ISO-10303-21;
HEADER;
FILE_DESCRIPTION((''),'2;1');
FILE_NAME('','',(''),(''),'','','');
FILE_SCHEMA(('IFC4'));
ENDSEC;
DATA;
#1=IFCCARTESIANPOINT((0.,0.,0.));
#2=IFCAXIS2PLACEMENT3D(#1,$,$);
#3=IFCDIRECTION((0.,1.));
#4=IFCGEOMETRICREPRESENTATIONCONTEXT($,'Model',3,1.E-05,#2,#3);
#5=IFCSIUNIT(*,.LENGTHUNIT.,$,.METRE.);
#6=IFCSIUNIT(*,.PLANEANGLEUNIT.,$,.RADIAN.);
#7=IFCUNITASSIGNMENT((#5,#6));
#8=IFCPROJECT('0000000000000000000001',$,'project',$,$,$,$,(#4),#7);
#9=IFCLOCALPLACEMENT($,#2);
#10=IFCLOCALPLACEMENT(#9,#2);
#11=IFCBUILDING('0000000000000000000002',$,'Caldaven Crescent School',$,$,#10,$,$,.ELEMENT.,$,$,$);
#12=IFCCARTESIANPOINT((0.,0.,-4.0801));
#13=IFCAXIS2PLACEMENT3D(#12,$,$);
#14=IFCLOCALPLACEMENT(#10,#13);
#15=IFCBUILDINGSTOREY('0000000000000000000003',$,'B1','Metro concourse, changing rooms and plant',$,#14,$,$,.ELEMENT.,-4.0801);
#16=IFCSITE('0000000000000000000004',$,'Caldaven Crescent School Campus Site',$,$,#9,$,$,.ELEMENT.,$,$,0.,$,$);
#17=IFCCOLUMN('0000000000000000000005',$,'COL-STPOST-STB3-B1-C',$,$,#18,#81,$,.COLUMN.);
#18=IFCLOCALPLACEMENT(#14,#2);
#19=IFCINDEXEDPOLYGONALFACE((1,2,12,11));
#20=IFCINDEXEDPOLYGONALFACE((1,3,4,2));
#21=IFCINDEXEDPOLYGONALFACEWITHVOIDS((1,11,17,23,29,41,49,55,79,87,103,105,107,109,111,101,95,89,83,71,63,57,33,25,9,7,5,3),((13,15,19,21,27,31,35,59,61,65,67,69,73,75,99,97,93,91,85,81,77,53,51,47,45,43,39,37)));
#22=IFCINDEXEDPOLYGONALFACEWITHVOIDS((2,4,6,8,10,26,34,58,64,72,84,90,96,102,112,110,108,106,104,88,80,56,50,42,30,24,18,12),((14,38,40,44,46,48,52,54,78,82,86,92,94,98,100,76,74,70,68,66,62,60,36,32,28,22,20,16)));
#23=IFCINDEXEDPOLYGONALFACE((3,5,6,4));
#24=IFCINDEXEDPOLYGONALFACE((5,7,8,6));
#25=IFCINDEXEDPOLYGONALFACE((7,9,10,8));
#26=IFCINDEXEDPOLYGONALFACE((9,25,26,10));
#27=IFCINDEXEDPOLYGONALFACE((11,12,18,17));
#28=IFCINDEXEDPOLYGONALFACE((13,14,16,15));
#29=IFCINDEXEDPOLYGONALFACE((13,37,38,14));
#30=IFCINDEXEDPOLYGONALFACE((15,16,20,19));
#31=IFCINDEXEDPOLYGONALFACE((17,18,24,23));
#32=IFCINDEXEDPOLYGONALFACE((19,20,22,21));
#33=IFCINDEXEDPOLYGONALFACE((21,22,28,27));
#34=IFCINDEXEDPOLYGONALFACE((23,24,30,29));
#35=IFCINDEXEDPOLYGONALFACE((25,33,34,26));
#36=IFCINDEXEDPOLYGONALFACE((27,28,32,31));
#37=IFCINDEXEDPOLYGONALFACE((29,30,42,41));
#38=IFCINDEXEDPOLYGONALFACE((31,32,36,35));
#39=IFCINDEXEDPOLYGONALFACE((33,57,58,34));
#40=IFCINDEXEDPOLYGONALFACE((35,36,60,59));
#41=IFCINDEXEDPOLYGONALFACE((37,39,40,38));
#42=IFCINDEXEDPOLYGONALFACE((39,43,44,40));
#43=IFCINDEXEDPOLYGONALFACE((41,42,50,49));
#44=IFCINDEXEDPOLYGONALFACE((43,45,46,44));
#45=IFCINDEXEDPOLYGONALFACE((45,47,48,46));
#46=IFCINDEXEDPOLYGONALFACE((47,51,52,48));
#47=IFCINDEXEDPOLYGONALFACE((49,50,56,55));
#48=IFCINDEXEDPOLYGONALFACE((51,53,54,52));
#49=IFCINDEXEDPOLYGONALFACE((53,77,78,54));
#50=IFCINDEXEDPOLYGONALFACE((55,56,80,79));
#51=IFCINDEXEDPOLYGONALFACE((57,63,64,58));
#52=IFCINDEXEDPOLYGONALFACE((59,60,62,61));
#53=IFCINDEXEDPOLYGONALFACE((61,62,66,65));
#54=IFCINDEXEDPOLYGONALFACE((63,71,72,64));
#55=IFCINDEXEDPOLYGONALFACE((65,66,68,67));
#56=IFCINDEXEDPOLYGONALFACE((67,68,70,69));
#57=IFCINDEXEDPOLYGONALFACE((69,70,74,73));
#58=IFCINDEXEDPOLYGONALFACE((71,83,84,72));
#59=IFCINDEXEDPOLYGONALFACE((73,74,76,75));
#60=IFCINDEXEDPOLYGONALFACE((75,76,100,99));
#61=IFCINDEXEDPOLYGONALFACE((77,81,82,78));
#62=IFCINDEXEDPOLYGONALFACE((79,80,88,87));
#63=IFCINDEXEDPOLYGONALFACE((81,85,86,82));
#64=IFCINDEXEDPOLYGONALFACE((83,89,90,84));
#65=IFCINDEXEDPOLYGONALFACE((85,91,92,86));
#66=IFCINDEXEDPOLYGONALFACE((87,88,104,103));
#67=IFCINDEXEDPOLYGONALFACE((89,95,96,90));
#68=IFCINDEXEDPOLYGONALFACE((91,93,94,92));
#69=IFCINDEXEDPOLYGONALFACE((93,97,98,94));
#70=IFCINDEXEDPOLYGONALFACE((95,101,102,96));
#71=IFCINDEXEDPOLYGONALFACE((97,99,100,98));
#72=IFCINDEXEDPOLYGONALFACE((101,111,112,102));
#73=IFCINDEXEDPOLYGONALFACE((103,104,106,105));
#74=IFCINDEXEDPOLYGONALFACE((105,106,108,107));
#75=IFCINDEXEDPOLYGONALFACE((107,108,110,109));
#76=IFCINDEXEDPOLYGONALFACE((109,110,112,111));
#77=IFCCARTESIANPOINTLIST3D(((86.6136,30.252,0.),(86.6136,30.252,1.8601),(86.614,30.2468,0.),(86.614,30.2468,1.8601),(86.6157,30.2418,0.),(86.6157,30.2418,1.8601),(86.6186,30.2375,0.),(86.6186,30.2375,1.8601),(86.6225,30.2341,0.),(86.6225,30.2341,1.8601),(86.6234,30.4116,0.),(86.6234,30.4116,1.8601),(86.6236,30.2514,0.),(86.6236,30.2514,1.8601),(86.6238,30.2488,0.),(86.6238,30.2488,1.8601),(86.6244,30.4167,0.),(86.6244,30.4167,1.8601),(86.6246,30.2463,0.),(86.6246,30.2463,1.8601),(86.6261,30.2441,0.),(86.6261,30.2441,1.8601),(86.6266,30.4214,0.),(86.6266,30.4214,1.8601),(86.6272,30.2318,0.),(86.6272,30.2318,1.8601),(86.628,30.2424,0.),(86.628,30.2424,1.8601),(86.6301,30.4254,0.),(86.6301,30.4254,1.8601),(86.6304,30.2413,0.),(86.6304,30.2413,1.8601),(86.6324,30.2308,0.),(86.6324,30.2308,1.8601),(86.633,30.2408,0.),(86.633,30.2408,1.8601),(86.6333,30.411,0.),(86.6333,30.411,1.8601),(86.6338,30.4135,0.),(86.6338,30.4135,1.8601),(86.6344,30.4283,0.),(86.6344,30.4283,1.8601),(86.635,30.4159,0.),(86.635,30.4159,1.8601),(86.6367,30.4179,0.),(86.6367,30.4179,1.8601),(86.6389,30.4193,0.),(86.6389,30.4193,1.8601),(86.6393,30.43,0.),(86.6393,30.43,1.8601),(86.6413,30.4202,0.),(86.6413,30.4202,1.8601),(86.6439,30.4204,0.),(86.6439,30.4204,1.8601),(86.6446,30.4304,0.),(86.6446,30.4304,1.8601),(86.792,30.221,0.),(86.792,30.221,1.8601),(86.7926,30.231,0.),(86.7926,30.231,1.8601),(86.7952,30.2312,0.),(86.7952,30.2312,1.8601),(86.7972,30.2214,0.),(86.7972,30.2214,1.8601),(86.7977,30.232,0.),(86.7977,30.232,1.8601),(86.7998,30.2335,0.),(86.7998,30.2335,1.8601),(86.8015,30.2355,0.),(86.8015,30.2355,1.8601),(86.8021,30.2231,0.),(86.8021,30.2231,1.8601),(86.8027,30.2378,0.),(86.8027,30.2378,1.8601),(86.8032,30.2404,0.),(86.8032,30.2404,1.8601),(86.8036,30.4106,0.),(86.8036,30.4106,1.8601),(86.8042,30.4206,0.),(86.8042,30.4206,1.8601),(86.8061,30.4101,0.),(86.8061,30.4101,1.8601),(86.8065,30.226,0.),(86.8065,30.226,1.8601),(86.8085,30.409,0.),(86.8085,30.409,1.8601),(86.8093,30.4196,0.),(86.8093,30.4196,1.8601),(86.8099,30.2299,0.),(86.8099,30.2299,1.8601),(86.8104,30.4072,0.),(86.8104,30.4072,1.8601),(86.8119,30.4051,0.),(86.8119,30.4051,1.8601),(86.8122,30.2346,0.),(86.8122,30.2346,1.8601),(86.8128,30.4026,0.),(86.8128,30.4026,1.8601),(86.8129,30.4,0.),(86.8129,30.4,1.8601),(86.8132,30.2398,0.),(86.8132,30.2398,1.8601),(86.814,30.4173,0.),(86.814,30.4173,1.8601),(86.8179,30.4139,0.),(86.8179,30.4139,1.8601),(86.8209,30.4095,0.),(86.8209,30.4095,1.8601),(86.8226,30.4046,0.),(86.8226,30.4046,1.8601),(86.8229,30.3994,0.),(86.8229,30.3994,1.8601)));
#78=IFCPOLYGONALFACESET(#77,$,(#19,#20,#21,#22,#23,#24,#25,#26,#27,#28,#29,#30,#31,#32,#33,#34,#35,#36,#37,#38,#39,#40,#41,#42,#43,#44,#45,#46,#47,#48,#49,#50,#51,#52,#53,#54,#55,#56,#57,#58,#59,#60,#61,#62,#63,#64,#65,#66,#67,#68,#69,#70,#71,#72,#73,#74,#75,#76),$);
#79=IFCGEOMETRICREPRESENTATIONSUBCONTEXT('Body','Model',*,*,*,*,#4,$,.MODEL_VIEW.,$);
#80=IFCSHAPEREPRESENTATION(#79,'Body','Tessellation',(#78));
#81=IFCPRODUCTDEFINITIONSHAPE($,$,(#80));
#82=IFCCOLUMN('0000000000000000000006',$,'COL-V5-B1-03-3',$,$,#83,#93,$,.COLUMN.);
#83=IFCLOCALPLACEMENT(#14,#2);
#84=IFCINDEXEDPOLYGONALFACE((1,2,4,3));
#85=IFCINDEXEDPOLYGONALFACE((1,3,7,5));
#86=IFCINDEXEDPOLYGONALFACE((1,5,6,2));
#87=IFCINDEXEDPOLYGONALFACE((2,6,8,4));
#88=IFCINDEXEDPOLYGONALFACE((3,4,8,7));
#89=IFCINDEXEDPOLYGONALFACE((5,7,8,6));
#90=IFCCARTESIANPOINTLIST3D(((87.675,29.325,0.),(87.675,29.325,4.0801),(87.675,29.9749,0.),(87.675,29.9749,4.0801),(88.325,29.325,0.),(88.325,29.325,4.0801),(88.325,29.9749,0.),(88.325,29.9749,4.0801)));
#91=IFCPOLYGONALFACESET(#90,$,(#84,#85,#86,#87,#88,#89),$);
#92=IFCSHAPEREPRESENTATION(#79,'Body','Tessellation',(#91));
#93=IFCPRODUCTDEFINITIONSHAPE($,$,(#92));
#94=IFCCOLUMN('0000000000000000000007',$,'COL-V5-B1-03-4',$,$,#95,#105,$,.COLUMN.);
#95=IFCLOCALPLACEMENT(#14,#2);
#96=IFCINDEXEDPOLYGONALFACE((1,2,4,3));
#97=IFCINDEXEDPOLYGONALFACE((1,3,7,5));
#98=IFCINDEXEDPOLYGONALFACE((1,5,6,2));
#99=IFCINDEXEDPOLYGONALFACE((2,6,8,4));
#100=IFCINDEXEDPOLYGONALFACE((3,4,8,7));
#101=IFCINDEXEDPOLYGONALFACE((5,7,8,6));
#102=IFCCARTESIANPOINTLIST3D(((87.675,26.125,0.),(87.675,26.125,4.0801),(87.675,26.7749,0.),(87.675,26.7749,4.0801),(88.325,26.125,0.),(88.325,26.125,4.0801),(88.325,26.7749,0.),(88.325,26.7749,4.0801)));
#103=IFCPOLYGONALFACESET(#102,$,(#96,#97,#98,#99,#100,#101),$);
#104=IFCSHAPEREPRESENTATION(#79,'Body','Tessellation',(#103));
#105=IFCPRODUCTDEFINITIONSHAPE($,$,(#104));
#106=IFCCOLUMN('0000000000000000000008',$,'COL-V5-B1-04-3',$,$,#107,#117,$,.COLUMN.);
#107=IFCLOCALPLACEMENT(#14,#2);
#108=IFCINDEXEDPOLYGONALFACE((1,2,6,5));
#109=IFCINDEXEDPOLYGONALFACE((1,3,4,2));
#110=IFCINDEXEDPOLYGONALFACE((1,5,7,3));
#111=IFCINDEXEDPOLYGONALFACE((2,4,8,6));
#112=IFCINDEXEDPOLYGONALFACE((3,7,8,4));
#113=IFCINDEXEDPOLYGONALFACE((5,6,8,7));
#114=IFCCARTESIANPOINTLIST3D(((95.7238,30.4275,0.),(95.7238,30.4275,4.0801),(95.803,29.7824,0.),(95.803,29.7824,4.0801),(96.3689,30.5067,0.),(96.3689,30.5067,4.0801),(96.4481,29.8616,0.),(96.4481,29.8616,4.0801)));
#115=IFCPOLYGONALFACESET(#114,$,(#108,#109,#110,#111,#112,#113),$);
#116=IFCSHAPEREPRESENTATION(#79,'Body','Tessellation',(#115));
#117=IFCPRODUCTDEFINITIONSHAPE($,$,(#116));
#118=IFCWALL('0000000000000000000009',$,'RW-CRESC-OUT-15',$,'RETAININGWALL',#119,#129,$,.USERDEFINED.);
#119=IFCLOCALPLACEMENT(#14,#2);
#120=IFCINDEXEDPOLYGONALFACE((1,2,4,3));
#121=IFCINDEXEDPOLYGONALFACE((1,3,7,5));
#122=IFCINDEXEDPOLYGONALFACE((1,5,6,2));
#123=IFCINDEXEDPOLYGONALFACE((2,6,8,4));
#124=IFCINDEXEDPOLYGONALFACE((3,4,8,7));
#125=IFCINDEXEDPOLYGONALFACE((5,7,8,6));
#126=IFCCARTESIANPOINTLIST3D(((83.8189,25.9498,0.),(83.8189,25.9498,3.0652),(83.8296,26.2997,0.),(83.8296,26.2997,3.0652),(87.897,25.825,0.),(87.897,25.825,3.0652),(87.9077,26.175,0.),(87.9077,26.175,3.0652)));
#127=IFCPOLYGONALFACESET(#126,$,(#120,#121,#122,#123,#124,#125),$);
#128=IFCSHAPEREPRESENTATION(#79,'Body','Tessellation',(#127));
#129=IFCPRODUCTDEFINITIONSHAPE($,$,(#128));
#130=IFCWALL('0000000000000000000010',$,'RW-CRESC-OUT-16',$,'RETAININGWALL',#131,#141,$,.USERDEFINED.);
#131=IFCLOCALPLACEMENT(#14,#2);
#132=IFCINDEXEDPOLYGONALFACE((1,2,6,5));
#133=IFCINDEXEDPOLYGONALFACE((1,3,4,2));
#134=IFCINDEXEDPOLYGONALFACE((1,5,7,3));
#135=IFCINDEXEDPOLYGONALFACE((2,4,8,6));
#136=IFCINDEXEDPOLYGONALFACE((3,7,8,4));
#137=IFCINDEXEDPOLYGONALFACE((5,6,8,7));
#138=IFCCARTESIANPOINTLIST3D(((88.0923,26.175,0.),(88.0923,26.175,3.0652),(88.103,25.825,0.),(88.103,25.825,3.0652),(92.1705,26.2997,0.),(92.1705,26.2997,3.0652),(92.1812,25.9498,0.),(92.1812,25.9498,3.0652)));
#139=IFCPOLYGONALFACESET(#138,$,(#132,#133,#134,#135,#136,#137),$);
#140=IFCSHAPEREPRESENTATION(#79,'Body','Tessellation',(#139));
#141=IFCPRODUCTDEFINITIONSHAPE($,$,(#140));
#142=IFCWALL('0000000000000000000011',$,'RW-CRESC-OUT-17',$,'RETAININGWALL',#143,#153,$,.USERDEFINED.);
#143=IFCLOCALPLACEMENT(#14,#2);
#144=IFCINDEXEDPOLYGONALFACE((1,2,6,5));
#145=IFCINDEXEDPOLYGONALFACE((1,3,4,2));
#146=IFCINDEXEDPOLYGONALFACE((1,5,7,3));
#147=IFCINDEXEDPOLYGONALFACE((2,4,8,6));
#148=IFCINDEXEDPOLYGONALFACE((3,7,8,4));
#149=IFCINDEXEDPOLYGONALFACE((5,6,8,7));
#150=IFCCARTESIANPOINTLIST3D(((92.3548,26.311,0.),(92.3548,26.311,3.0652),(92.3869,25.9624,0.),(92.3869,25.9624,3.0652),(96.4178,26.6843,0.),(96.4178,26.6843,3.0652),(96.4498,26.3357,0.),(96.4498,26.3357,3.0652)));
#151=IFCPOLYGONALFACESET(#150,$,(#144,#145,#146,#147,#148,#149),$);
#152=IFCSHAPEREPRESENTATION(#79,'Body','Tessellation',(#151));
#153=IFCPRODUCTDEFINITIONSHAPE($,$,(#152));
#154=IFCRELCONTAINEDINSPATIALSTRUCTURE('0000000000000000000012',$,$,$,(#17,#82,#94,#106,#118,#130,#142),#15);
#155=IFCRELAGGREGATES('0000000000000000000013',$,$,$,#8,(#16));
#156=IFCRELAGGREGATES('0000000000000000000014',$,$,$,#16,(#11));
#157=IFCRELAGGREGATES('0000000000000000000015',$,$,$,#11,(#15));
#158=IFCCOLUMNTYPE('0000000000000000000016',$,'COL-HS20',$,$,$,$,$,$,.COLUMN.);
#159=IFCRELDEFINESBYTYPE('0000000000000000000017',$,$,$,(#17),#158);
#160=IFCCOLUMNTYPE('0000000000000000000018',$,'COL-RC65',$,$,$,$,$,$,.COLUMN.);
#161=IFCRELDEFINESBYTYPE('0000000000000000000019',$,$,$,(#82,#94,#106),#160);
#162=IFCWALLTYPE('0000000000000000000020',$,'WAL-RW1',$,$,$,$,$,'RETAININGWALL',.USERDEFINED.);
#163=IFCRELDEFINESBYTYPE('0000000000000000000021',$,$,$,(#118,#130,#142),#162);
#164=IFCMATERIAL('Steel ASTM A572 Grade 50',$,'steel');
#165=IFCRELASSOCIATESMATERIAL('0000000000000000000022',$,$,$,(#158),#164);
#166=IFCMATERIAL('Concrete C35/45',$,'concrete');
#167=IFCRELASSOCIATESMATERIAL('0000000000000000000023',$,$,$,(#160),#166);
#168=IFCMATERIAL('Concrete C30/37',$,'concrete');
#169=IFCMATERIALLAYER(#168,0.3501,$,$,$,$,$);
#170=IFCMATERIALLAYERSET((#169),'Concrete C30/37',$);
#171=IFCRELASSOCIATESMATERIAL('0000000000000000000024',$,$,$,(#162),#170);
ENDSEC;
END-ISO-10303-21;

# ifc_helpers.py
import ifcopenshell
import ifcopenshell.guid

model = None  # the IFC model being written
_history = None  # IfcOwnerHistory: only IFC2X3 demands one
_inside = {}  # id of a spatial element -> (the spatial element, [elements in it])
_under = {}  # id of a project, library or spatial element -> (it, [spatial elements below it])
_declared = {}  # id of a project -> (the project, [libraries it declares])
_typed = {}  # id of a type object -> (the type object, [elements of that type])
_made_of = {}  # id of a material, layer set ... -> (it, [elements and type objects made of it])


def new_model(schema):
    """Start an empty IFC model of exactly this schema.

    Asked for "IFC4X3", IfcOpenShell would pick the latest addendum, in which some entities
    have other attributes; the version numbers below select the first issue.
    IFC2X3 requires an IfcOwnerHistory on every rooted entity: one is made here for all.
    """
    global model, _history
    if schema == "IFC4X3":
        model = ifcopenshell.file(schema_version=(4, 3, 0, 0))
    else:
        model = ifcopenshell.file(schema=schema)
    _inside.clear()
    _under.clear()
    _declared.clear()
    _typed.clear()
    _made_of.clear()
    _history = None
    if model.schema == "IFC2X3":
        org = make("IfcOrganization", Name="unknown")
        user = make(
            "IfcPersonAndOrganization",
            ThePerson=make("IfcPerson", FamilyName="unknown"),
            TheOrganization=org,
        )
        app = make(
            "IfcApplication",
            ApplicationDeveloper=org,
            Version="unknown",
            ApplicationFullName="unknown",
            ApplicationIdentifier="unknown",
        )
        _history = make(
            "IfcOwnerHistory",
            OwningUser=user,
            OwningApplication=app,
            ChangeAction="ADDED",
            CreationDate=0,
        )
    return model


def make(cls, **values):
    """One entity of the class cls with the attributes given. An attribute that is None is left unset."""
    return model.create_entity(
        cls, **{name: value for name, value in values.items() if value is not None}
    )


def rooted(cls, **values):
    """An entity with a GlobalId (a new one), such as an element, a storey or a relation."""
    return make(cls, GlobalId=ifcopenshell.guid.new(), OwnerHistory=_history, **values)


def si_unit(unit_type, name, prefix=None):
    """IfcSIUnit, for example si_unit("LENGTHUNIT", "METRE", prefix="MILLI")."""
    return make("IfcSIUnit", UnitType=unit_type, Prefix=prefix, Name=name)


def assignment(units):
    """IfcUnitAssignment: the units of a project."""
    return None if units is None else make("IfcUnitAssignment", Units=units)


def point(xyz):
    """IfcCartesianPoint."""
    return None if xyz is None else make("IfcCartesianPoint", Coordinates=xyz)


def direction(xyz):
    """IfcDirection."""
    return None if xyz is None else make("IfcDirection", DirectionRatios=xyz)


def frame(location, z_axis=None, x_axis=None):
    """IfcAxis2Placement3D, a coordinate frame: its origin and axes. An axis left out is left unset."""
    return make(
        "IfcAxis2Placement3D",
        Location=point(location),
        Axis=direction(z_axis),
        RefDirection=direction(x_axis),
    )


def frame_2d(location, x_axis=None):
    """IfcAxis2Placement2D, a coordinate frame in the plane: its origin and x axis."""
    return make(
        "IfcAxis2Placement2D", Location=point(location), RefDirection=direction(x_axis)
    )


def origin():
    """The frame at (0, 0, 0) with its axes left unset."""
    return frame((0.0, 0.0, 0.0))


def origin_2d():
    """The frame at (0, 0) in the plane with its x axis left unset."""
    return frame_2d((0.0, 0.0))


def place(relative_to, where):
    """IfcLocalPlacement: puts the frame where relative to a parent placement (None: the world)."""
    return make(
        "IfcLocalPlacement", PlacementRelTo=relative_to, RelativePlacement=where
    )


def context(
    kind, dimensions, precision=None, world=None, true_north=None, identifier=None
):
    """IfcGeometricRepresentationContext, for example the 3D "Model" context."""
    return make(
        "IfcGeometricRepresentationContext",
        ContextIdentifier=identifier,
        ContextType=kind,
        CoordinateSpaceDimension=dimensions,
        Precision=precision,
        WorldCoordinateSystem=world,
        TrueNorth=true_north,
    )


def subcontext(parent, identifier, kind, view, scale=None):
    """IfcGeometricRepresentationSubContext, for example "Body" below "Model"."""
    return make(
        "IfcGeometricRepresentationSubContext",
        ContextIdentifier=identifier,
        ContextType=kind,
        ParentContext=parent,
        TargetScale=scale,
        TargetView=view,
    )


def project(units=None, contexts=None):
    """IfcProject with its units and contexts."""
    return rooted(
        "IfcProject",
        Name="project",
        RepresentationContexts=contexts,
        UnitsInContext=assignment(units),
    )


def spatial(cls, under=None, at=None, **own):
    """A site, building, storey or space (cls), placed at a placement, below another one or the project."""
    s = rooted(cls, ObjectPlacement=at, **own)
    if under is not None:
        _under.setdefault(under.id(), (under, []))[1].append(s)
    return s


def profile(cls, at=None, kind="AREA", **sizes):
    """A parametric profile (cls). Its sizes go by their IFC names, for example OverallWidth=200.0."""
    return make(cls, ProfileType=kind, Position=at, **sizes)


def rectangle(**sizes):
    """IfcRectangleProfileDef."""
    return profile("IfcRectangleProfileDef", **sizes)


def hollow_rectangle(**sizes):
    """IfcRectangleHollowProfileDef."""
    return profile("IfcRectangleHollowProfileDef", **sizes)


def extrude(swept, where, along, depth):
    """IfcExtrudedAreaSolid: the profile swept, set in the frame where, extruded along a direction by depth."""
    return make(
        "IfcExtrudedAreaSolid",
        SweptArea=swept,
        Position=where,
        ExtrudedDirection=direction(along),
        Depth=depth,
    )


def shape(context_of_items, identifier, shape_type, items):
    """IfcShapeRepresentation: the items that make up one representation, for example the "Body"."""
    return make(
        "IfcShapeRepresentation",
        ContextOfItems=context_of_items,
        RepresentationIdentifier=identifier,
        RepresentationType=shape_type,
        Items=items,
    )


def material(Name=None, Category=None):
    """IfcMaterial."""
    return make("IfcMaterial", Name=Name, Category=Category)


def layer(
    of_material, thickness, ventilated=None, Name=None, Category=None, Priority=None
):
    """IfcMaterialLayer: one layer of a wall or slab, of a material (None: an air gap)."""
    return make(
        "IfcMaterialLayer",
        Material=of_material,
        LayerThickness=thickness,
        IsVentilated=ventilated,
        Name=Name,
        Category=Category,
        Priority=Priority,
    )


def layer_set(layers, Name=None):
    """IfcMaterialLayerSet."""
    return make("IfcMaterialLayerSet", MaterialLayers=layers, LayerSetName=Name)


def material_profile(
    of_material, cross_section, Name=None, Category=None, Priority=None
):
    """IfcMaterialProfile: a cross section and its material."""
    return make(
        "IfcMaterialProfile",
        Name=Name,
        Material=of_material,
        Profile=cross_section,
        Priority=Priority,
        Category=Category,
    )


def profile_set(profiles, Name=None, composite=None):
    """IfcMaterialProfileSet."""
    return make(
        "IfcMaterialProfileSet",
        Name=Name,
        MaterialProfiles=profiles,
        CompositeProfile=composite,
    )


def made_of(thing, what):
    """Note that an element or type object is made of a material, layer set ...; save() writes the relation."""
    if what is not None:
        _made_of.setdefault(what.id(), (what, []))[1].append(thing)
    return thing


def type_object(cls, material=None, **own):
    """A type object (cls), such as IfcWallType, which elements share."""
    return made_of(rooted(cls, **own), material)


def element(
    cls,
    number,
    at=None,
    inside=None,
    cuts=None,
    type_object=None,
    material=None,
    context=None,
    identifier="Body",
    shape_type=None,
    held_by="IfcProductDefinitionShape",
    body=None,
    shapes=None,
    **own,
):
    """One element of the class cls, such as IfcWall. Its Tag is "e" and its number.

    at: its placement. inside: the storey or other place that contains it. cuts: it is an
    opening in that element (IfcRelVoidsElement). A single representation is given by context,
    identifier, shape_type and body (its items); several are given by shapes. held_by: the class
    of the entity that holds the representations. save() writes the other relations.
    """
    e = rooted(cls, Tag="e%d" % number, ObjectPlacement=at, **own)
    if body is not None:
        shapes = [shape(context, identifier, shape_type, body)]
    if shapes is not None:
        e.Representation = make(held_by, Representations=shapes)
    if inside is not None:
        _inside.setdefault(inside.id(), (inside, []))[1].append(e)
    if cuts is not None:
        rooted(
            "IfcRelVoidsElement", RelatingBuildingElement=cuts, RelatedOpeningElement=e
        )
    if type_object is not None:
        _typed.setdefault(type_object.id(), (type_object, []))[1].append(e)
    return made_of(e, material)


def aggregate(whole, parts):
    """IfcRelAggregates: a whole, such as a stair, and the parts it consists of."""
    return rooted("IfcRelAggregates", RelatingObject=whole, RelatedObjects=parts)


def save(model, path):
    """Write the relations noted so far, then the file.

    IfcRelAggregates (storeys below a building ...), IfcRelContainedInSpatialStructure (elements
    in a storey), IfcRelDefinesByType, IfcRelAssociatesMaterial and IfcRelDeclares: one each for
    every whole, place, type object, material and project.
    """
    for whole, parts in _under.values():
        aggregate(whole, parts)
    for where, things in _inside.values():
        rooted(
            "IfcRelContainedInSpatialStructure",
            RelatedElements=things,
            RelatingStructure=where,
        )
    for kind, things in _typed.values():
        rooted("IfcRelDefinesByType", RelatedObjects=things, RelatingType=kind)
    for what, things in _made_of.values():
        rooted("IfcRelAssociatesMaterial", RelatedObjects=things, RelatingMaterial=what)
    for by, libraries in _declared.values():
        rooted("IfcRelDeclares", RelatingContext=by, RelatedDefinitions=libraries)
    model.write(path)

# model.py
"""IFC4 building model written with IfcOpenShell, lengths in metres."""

from ifc_helpers import new_model, si_unit, direction, frame, frame_2d, origin, origin_2d, place, context, subcontext, project, spatial, rectangle, hollow_rectangle, extrude, material, layer, layer_set, material_profile, profile_set, type_object, element, save


model = new_model("IFC4")

# Units and contexts
model_context = context("Model", 3, precision=1e-05, world=origin(), true_north=direction((0.0, 1.0)))
body_context = subcontext(model_context, "Body", "Model", "MODEL_VIEW")
ifc_project = project(units=[si_unit("LENGTHUNIT", "METRE"), si_unit("PLANEANGLEUNIT", "RADIAN")], contexts=[model_context])

# Site, building, storey
site_placement = place(None, origin())
site = spatial("IfcSite", under=ifc_project, at=site_placement, Name="Caldaven Crescent School Campus Site", CompositionType="ELEMENT", RefElevation=0.0)
building_placement = place(site_placement, origin())
building = spatial("IfcBuilding", under=site, at=building_placement, Name="Caldaven Crescent School", CompositionType="ELEMENT")
storey_placement = place(building_placement, frame((0.0, 0.0, -4.0801)))
storey = spatial("IfcBuildingStorey", under=building, at=storey_placement, Name="B1", Description="Metro concourse, changing rooms and plant", CompositionType="ELEMENT", Elevation=-4.0801)

# Shared definitions
ifc_material_1 = material(Name="Concrete C35/45", Category="concrete")

# Columns
ifc_material_2 = material(Name="Steel ASTM A572 Grade 50", Category="steel")
ifc_material_profile_1 = material_profile(ifc_material_2, hollow_rectangle(XDim=0.2, YDim=0.2, WallThickness=0.01, InnerFilletRadius=0.01, OuterFilletRadius=0.02, at=origin_2d()), Name="HSS 200x200x10")
ifc_profile_set_1 = profile_set([ifc_material_profile_1], Name="Steel ASTM A572 Grade 50")
column_type_1 = type_object("IfcColumnType", Name="COL-HS20", PredefinedType="COLUMN", material=ifc_profile_set_1)
column_placement = place(storey_placement, frame((86.7183, 30.3257, 0.0), z_axis=(0.0, 0.0, 1.0), x_axis=(0.998135, -0.061049, 0.0)))
element("IfcColumn", 1, at=column_placement, inside=storey, type_object=column_type_1, Name="COL-STPOST-STB3-B1-C", PredefinedType="COLUMN", context=body_context, shape_type="SweptSolid", body=[
    extrude(hollow_rectangle(XDim=0.2, YDim=0.2, WallThickness=0.01, InnerFilletRadius=0.01, OuterFilletRadius=0.02, at=origin_2d()), origin(), (0.0, 0.0, 1.0), 1.8601),
])
ifc_material_profile_2 = material_profile(ifc_material_1, rectangle(XDim=0.6499, YDim=0.6499, at=origin_2d()), Name="RC 650x650")
ifc_profile_set_2 = profile_set([ifc_material_profile_2], Name="Concrete C35/45")
column_type_2 = type_object("IfcColumnType", Name="COL-RC65", PredefinedType="COLUMN", material=ifc_profile_set_2)
for number, where, z_axis, x_axis, name in (
    (2, (88.0, 29.6499, 0.0), (0.0, 0.0, 1.0), (0.0, -1.0, 0.0), "COL-V5-B1-03-3"),
    (3, (88.0, 26.45, 0.0), (0.0, 0.0, 1.0), (0.0, -1.0, 0.0), "COL-V5-B1-03-4"),
    (4, (96.0859, 30.1445, 0.0), (0.0, 0.0, 1.0), (0.121869, -0.992546, 0.0), "COL-V5-B1-04-3"),
):
    element("IfcColumn", number, at=place(storey_placement, frame(where, z_axis=z_axis, x_axis=x_axis)), inside=storey, type_object=column_type_2, Name=name, PredefinedType="COLUMN", context=body_context, shape_type="SweptSolid", body=[
        extrude(rectangle(XDim=0.6499, YDim=0.6499, at=origin_2d()), origin(), (0.0, 0.0, 1.0), 4.0801),
    ])

# Walls
ifc_material_3 = material(Name="Concrete C30/37", Category="concrete")
ifc_layer = layer(ifc_material_3, 0.3501)
ifc_layer_set = layer_set([ifc_layer], Name="Concrete C30/37")
wall_type = type_object("IfcWallType", Name="WAL-RW1", ElementType="RETAININGWALL", PredefinedType="USERDEFINED", material=ifc_layer_set)
for number, where, z_axis, x_axis, name in (
    (5, (83.8242, 26.1248, 0.0), (0.0, 0.0, 1.0), (0.999532, -0.030577, 0.0), "RW-CRESC-OUT-15"),
    (6, (88.0977, 26.0, 0.0), (0.0, 0.0, 1.0), (0.999532, 0.030577, 0.0), "RW-CRESC-OUT-16"),
    (7, (92.3708, 26.1367, 0.0), (0.0, 0.0, 1.0), (0.995806, 0.091491, 0.0), "RW-CRESC-OUT-17"),
):
    element("IfcWall", number, at=place(storey_placement, frame(where, z_axis=z_axis, x_axis=x_axis)), inside=storey, type_object=wall_type, Name=name, ObjectType="RETAININGWALL", PredefinedType="USERDEFINED", context=body_context, shape_type="SweptSolid", body=[
        extrude(rectangle(XDim=4.0801, YDim=0.3501, at=frame_2d((2.04, 0.0))), origin(), (0.0, 0.0, 1.0), 3.0652),
    ])

save(model, "model.ifc")
